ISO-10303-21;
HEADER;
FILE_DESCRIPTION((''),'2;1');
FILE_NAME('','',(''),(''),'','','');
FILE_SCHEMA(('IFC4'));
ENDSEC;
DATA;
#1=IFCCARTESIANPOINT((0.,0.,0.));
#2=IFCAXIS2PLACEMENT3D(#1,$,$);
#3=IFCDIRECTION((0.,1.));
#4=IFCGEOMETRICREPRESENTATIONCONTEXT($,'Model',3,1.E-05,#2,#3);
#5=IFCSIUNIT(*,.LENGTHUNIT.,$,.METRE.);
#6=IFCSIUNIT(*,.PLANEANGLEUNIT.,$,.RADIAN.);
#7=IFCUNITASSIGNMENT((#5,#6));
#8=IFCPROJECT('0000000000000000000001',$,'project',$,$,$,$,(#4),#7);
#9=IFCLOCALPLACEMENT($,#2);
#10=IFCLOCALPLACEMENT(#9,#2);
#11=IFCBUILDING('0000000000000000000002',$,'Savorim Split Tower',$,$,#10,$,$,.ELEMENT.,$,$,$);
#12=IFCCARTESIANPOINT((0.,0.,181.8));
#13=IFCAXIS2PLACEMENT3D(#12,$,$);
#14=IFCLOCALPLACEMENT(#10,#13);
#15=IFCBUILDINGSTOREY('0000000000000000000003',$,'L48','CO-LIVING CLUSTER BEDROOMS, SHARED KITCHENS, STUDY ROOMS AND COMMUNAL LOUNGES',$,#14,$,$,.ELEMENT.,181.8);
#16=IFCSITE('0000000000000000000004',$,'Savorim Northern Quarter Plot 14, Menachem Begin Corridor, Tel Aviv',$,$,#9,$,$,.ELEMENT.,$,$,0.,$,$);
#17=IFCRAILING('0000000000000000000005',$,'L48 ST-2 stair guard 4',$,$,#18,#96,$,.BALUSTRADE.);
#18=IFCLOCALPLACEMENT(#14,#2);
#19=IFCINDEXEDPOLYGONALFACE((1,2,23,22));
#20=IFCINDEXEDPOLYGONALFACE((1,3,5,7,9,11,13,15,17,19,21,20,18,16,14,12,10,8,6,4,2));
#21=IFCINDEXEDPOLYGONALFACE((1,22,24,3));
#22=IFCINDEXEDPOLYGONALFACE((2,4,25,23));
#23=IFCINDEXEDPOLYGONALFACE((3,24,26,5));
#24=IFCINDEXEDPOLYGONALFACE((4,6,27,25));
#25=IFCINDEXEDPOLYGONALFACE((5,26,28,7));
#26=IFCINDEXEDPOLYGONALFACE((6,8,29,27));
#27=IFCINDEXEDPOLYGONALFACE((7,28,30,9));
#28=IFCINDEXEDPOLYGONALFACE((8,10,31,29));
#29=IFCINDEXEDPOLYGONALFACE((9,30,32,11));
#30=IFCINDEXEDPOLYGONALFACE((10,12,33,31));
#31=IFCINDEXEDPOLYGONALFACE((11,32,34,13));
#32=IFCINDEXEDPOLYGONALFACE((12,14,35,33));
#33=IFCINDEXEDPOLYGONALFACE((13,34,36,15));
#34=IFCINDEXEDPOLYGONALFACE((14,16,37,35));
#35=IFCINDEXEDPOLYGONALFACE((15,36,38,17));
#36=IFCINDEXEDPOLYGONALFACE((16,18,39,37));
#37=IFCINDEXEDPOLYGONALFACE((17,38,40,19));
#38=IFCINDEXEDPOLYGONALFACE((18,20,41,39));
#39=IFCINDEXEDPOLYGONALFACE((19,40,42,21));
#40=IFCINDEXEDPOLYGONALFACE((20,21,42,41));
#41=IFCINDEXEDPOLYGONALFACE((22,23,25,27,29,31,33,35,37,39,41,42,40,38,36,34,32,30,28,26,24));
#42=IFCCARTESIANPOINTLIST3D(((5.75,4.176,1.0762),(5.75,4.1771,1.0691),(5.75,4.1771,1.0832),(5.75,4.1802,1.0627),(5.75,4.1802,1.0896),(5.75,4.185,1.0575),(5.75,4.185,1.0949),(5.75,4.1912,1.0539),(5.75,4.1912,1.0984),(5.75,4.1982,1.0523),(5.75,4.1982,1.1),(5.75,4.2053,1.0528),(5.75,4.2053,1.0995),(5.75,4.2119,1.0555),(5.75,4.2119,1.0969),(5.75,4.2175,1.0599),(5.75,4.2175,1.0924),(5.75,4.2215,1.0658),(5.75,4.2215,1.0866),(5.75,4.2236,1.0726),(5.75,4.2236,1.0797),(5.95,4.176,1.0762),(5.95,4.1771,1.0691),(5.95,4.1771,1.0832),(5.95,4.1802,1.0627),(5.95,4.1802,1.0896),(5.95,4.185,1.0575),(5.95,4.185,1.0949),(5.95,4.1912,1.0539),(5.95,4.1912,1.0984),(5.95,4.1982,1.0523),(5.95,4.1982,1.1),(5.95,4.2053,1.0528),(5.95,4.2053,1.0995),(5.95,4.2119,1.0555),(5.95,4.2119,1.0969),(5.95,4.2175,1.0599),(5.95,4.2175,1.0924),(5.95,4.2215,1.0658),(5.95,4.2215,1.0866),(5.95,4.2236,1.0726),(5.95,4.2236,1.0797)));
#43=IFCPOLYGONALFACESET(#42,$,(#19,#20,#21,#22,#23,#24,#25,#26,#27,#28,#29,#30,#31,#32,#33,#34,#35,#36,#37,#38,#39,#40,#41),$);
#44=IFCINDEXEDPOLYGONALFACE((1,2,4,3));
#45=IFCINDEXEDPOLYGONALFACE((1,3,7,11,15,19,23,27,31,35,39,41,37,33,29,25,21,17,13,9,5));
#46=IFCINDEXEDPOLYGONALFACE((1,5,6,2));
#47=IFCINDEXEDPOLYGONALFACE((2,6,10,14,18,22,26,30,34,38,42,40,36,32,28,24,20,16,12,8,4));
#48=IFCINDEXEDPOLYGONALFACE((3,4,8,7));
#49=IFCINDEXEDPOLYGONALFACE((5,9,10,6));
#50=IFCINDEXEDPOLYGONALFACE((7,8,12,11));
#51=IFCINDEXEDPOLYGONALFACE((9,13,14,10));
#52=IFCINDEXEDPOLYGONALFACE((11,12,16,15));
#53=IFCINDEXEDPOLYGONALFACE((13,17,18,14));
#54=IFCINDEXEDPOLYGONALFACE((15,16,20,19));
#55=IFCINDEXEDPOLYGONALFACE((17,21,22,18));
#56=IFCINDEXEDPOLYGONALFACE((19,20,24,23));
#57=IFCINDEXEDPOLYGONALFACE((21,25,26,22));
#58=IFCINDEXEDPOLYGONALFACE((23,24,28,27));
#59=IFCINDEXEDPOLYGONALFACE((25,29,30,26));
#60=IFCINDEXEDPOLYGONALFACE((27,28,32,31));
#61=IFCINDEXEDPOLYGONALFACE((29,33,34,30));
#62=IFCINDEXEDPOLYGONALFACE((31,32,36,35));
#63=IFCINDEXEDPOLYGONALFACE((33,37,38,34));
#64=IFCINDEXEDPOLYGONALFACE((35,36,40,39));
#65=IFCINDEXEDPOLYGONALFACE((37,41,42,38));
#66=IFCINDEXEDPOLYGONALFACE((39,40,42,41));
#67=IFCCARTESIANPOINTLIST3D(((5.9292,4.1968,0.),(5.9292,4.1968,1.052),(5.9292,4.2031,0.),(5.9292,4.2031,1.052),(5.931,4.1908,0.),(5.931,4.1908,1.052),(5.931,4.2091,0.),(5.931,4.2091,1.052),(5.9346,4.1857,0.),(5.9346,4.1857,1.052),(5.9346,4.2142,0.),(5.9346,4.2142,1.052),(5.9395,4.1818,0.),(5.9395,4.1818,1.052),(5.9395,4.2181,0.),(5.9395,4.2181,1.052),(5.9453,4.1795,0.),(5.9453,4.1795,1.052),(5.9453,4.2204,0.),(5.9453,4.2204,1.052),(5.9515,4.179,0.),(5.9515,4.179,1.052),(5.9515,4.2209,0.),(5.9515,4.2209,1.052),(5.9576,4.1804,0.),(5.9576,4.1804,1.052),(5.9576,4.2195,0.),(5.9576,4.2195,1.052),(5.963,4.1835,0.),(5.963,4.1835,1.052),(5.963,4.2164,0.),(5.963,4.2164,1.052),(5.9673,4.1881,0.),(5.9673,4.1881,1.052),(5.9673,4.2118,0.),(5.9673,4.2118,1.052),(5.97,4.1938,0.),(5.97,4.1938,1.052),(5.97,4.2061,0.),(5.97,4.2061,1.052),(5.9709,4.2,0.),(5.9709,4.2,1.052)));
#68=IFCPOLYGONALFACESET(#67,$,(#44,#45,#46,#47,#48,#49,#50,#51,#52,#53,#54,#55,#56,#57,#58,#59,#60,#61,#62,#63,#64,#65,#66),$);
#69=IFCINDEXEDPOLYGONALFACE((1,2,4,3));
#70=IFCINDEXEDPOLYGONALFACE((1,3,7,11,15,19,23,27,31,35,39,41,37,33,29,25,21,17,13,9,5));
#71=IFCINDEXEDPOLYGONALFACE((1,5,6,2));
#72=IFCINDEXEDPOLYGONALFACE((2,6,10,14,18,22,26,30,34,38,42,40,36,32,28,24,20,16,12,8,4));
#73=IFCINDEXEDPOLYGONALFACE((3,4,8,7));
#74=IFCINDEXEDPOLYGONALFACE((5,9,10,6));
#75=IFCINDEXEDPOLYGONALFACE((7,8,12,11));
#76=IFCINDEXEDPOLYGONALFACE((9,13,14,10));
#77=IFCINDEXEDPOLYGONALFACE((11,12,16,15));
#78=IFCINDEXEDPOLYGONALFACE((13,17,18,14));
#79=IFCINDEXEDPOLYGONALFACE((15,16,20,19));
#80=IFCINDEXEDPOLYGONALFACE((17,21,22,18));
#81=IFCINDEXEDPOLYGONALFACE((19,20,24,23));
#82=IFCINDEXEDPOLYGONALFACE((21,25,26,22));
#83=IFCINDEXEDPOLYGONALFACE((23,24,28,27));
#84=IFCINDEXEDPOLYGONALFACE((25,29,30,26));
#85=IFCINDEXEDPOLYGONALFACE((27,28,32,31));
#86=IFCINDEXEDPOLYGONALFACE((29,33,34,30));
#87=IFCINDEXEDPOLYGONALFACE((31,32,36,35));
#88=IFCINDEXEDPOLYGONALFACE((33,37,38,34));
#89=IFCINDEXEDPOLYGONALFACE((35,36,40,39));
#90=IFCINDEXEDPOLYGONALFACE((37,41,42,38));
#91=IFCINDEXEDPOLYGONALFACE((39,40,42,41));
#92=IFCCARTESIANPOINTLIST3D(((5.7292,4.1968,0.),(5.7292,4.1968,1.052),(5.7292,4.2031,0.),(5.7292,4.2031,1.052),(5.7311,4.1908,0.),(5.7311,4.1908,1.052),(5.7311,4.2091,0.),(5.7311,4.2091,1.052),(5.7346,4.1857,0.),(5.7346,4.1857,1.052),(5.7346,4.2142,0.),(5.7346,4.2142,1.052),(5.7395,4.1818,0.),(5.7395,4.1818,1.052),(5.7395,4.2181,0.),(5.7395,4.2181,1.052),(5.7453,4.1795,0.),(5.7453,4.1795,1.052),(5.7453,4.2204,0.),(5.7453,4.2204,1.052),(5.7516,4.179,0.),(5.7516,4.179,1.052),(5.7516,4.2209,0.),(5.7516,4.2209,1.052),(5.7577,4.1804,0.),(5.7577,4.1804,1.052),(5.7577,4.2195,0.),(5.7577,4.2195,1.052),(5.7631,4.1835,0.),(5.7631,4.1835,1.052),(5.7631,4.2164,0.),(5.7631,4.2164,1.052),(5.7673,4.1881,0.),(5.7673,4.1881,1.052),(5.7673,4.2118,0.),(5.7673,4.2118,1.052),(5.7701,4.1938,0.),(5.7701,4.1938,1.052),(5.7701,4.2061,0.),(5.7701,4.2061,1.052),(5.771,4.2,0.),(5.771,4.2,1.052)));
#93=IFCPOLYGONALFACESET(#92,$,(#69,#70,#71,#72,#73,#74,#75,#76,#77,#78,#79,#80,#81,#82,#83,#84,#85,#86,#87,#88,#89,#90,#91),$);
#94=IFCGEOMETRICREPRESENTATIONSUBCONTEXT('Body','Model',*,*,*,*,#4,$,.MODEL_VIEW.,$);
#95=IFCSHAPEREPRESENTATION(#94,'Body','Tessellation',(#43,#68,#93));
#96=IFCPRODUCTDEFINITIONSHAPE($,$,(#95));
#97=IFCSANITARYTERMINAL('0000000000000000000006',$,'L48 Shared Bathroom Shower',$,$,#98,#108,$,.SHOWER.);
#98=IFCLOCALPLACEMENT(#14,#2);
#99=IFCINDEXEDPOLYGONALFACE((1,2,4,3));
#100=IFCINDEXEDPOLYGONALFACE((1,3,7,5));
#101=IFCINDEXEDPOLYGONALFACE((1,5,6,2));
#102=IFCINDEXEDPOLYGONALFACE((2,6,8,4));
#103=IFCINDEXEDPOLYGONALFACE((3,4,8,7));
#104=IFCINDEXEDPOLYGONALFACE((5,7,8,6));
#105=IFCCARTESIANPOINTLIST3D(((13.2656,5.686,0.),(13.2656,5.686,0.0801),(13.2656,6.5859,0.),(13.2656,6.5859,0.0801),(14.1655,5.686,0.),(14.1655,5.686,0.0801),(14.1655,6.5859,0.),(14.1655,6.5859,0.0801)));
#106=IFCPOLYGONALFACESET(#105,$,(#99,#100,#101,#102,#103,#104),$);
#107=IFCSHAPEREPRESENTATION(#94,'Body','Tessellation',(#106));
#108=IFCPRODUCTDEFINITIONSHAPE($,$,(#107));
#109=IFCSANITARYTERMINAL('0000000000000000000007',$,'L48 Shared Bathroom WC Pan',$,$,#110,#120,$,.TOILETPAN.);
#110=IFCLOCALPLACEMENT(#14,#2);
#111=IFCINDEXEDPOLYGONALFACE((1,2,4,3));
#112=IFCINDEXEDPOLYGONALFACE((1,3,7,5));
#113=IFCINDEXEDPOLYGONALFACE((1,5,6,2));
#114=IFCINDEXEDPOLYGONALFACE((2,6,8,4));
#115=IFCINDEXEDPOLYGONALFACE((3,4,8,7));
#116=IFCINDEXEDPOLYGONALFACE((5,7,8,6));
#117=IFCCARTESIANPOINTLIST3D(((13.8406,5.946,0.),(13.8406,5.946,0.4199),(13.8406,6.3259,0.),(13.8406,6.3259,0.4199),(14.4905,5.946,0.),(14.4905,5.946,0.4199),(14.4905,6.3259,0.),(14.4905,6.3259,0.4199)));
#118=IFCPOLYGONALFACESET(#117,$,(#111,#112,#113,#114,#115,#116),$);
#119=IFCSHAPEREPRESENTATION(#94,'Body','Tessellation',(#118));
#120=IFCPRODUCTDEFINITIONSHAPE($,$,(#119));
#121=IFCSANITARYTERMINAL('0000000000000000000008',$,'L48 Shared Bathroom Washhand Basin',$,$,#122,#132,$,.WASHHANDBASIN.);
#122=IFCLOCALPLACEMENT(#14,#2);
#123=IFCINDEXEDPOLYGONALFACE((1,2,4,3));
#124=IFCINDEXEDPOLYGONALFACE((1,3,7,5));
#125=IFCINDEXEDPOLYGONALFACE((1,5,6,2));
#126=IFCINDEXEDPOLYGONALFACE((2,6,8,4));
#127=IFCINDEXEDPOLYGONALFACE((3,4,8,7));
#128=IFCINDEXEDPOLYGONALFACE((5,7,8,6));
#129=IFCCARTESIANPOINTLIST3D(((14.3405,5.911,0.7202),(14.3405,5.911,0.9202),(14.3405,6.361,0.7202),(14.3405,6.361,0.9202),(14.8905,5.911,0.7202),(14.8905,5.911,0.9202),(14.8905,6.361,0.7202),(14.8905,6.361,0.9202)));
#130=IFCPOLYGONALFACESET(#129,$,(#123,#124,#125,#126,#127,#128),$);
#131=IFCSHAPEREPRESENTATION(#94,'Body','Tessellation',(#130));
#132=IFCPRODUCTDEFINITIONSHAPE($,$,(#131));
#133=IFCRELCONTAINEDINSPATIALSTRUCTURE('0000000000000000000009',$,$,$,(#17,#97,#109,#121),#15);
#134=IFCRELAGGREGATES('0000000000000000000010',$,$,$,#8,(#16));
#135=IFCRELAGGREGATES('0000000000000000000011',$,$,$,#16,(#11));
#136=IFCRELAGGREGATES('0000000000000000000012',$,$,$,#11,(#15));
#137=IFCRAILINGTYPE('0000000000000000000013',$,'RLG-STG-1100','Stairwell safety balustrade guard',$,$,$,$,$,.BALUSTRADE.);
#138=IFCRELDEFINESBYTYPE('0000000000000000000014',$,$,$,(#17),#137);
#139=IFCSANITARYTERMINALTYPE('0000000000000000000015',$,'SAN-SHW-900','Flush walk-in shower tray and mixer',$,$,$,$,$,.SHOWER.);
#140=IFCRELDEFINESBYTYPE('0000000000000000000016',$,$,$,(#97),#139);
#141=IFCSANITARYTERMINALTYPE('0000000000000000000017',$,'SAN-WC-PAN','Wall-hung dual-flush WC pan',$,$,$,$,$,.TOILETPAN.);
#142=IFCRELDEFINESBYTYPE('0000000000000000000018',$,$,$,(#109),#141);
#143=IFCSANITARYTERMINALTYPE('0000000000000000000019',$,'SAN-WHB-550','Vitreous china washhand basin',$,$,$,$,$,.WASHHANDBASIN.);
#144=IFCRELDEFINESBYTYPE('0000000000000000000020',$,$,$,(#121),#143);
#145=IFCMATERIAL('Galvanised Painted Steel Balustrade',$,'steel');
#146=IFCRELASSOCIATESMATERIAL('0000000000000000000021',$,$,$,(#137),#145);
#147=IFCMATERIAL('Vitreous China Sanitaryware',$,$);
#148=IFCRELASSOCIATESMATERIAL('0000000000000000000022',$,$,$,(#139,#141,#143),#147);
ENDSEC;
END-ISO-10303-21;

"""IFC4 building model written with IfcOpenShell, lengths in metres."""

from ifc_helpers import new_model, si_unit, direction, frame, origin, origin_2d, place, context, subcontext, project, spatial, rectangle, circle, extrude, material, type_object, element, save


model = new_model("IFC4")

# Units and contexts
model_context = context("Model", 3, precision=1e-05, world=origin(), true_north=direction((0.0, 1.0)))
body_context = subcontext(model_context, "Body", "Model", "MODEL_VIEW")
ifc_project = project(units=[si_unit("LENGTHUNIT", "METRE"), si_unit("PLANEANGLEUNIT", "RADIAN")], contexts=[model_context])

# Site, building, storey
site_placement = place(None, origin())
site = spatial("IfcSite", under=ifc_project, at=site_placement, Name="Savorim Northern Quarter Plot 14, Menachem Begin Corridor, Tel Aviv", CompositionType="ELEMENT", RefElevation=0.0)
building_placement = place(site_placement, origin())
building = spatial("IfcBuilding", under=site, at=building_placement, Name="Savorim Split Tower", CompositionType="ELEMENT")
storey_placement = place(building_placement, frame((0.0, 0.0, 181.8)))
storey = spatial("IfcBuildingStorey", under=building, at=storey_placement, Name="L48", Description="CO-LIVING CLUSTER BEDROOMS, SHARED KITCHENS, STUDY ROOMS AND COMMUNAL LOUNGES", CompositionType="ELEMENT", Elevation=181.8)

# Railing
ifc_material_1 = material(Name="Galvanised Painted Steel Balustrade", Category="steel")
railing_type_1 = type_object("IfcRailingType", Name="RLG-STG-1100", Description="Stairwell safety balustrade guard", PredefinedType="BALUSTRADE", material=ifc_material_1)
railing_1_placement = place(storey_placement, frame((5.95, 4.2, 0.0)))
element("IfcRailing", 1, at=railing_1_placement, inside=storey, type_object=railing_type_1, Name="L48 ST-2 stair guard 4", PredefinedType="BALUSTRADE", context=body_context, shape_type="SweptSolid", body=[
    extrude(circle(Radius=0.0239, at=origin_2d()), frame((0.0, 0.0, 1.0762), z_axis=(-1.0, 0.0, 0.0), x_axis=(0.0, -1.0, 0.0)), (0.0, 0.0, 1.0), 0.2),
    extrude(circle(Radius=0.021, at=origin_2d()), origin(), (0.0, 0.0, 1.0), 1.052),
    extrude(circle(Radius=0.021, at=origin_2d()), frame((-0.2, 0.0, 0.0)), (0.0, 0.0, 1.0), 1.052),
])

# Sanitary terminals
ifc_material_2 = material(Name="Vitreous China Sanitaryware")
sanitary_terminal_type_1 = type_object("IfcSanitaryTerminalType", Name="SAN-SHW-900", Description="Flush walk-in shower tray and mixer", PredefinedType="SHOWER", material=ifc_material_2)
sanitary_terminal_1_placement = place(storey_placement, frame((13.7156, 6.136, 0.0), z_axis=(0.0, 0.0, 1.0), x_axis=(1.0, 0.0, 0.0)))
element("IfcSanitaryTerminal", 2, at=sanitary_terminal_1_placement, inside=storey, type_object=sanitary_terminal_type_1, Name="L48 Shared Bathroom Shower", PredefinedType="SHOWER", context=body_context, shape_type="SweptSolid", body=[
    extrude(rectangle(XDim=0.8999, YDim=0.8999, at=origin_2d()), origin(), (0.0, 0.0, 1.0), 0.0801),
])
sanitary_terminal_type_2 = type_object("IfcSanitaryTerminalType", Name="SAN-WC-PAN", Description="Wall-hung dual-flush WC pan", PredefinedType="TOILETPAN", material=ifc_material_2)
sanitary_terminal_2_placement = place(storey_placement, frame((14.1655, 6.136, 0.0), z_axis=(0.0, 0.0, 1.0), x_axis=(1.0, 0.0, 0.0)))
element("IfcSanitaryTerminal", 3, at=sanitary_terminal_2_placement, inside=storey, type_object=sanitary_terminal_type_2, Name="L48 Shared Bathroom WC Pan", PredefinedType="TOILETPAN", context=body_context, shape_type="SweptSolid", body=[
    extrude(rectangle(XDim=0.6499, YDim=0.3799, at=origin_2d()), origin(), (0.0, 0.0, 1.0), 0.4199),
])
sanitary_terminal_type_3 = type_object("IfcSanitaryTerminalType", Name="SAN-WHB-550", Description="Vitreous china washhand basin", PredefinedType="WASHHANDBASIN", material=ifc_material_2)
sanitary_terminal_3_placement = place(storey_placement, frame((14.6155, 6.136, 0.7202), z_axis=(0.0, 0.0, 1.0), x_axis=(1.0, 0.0, 0.0)))
element("IfcSanitaryTerminal", 4, at=sanitary_terminal_3_placement, inside=storey, type_object=sanitary_terminal_type_3, Name="L48 Shared Bathroom Washhand Basin", PredefinedType="WASHHANDBASIN", context=body_context, shape_type="SweptSolid", body=[
    extrude(rectangle(XDim=0.55, YDim=0.45, at=origin_2d()), origin(), (0.0, 0.0, 1.0), 0.2),
])

save(model, "model.ifc")
